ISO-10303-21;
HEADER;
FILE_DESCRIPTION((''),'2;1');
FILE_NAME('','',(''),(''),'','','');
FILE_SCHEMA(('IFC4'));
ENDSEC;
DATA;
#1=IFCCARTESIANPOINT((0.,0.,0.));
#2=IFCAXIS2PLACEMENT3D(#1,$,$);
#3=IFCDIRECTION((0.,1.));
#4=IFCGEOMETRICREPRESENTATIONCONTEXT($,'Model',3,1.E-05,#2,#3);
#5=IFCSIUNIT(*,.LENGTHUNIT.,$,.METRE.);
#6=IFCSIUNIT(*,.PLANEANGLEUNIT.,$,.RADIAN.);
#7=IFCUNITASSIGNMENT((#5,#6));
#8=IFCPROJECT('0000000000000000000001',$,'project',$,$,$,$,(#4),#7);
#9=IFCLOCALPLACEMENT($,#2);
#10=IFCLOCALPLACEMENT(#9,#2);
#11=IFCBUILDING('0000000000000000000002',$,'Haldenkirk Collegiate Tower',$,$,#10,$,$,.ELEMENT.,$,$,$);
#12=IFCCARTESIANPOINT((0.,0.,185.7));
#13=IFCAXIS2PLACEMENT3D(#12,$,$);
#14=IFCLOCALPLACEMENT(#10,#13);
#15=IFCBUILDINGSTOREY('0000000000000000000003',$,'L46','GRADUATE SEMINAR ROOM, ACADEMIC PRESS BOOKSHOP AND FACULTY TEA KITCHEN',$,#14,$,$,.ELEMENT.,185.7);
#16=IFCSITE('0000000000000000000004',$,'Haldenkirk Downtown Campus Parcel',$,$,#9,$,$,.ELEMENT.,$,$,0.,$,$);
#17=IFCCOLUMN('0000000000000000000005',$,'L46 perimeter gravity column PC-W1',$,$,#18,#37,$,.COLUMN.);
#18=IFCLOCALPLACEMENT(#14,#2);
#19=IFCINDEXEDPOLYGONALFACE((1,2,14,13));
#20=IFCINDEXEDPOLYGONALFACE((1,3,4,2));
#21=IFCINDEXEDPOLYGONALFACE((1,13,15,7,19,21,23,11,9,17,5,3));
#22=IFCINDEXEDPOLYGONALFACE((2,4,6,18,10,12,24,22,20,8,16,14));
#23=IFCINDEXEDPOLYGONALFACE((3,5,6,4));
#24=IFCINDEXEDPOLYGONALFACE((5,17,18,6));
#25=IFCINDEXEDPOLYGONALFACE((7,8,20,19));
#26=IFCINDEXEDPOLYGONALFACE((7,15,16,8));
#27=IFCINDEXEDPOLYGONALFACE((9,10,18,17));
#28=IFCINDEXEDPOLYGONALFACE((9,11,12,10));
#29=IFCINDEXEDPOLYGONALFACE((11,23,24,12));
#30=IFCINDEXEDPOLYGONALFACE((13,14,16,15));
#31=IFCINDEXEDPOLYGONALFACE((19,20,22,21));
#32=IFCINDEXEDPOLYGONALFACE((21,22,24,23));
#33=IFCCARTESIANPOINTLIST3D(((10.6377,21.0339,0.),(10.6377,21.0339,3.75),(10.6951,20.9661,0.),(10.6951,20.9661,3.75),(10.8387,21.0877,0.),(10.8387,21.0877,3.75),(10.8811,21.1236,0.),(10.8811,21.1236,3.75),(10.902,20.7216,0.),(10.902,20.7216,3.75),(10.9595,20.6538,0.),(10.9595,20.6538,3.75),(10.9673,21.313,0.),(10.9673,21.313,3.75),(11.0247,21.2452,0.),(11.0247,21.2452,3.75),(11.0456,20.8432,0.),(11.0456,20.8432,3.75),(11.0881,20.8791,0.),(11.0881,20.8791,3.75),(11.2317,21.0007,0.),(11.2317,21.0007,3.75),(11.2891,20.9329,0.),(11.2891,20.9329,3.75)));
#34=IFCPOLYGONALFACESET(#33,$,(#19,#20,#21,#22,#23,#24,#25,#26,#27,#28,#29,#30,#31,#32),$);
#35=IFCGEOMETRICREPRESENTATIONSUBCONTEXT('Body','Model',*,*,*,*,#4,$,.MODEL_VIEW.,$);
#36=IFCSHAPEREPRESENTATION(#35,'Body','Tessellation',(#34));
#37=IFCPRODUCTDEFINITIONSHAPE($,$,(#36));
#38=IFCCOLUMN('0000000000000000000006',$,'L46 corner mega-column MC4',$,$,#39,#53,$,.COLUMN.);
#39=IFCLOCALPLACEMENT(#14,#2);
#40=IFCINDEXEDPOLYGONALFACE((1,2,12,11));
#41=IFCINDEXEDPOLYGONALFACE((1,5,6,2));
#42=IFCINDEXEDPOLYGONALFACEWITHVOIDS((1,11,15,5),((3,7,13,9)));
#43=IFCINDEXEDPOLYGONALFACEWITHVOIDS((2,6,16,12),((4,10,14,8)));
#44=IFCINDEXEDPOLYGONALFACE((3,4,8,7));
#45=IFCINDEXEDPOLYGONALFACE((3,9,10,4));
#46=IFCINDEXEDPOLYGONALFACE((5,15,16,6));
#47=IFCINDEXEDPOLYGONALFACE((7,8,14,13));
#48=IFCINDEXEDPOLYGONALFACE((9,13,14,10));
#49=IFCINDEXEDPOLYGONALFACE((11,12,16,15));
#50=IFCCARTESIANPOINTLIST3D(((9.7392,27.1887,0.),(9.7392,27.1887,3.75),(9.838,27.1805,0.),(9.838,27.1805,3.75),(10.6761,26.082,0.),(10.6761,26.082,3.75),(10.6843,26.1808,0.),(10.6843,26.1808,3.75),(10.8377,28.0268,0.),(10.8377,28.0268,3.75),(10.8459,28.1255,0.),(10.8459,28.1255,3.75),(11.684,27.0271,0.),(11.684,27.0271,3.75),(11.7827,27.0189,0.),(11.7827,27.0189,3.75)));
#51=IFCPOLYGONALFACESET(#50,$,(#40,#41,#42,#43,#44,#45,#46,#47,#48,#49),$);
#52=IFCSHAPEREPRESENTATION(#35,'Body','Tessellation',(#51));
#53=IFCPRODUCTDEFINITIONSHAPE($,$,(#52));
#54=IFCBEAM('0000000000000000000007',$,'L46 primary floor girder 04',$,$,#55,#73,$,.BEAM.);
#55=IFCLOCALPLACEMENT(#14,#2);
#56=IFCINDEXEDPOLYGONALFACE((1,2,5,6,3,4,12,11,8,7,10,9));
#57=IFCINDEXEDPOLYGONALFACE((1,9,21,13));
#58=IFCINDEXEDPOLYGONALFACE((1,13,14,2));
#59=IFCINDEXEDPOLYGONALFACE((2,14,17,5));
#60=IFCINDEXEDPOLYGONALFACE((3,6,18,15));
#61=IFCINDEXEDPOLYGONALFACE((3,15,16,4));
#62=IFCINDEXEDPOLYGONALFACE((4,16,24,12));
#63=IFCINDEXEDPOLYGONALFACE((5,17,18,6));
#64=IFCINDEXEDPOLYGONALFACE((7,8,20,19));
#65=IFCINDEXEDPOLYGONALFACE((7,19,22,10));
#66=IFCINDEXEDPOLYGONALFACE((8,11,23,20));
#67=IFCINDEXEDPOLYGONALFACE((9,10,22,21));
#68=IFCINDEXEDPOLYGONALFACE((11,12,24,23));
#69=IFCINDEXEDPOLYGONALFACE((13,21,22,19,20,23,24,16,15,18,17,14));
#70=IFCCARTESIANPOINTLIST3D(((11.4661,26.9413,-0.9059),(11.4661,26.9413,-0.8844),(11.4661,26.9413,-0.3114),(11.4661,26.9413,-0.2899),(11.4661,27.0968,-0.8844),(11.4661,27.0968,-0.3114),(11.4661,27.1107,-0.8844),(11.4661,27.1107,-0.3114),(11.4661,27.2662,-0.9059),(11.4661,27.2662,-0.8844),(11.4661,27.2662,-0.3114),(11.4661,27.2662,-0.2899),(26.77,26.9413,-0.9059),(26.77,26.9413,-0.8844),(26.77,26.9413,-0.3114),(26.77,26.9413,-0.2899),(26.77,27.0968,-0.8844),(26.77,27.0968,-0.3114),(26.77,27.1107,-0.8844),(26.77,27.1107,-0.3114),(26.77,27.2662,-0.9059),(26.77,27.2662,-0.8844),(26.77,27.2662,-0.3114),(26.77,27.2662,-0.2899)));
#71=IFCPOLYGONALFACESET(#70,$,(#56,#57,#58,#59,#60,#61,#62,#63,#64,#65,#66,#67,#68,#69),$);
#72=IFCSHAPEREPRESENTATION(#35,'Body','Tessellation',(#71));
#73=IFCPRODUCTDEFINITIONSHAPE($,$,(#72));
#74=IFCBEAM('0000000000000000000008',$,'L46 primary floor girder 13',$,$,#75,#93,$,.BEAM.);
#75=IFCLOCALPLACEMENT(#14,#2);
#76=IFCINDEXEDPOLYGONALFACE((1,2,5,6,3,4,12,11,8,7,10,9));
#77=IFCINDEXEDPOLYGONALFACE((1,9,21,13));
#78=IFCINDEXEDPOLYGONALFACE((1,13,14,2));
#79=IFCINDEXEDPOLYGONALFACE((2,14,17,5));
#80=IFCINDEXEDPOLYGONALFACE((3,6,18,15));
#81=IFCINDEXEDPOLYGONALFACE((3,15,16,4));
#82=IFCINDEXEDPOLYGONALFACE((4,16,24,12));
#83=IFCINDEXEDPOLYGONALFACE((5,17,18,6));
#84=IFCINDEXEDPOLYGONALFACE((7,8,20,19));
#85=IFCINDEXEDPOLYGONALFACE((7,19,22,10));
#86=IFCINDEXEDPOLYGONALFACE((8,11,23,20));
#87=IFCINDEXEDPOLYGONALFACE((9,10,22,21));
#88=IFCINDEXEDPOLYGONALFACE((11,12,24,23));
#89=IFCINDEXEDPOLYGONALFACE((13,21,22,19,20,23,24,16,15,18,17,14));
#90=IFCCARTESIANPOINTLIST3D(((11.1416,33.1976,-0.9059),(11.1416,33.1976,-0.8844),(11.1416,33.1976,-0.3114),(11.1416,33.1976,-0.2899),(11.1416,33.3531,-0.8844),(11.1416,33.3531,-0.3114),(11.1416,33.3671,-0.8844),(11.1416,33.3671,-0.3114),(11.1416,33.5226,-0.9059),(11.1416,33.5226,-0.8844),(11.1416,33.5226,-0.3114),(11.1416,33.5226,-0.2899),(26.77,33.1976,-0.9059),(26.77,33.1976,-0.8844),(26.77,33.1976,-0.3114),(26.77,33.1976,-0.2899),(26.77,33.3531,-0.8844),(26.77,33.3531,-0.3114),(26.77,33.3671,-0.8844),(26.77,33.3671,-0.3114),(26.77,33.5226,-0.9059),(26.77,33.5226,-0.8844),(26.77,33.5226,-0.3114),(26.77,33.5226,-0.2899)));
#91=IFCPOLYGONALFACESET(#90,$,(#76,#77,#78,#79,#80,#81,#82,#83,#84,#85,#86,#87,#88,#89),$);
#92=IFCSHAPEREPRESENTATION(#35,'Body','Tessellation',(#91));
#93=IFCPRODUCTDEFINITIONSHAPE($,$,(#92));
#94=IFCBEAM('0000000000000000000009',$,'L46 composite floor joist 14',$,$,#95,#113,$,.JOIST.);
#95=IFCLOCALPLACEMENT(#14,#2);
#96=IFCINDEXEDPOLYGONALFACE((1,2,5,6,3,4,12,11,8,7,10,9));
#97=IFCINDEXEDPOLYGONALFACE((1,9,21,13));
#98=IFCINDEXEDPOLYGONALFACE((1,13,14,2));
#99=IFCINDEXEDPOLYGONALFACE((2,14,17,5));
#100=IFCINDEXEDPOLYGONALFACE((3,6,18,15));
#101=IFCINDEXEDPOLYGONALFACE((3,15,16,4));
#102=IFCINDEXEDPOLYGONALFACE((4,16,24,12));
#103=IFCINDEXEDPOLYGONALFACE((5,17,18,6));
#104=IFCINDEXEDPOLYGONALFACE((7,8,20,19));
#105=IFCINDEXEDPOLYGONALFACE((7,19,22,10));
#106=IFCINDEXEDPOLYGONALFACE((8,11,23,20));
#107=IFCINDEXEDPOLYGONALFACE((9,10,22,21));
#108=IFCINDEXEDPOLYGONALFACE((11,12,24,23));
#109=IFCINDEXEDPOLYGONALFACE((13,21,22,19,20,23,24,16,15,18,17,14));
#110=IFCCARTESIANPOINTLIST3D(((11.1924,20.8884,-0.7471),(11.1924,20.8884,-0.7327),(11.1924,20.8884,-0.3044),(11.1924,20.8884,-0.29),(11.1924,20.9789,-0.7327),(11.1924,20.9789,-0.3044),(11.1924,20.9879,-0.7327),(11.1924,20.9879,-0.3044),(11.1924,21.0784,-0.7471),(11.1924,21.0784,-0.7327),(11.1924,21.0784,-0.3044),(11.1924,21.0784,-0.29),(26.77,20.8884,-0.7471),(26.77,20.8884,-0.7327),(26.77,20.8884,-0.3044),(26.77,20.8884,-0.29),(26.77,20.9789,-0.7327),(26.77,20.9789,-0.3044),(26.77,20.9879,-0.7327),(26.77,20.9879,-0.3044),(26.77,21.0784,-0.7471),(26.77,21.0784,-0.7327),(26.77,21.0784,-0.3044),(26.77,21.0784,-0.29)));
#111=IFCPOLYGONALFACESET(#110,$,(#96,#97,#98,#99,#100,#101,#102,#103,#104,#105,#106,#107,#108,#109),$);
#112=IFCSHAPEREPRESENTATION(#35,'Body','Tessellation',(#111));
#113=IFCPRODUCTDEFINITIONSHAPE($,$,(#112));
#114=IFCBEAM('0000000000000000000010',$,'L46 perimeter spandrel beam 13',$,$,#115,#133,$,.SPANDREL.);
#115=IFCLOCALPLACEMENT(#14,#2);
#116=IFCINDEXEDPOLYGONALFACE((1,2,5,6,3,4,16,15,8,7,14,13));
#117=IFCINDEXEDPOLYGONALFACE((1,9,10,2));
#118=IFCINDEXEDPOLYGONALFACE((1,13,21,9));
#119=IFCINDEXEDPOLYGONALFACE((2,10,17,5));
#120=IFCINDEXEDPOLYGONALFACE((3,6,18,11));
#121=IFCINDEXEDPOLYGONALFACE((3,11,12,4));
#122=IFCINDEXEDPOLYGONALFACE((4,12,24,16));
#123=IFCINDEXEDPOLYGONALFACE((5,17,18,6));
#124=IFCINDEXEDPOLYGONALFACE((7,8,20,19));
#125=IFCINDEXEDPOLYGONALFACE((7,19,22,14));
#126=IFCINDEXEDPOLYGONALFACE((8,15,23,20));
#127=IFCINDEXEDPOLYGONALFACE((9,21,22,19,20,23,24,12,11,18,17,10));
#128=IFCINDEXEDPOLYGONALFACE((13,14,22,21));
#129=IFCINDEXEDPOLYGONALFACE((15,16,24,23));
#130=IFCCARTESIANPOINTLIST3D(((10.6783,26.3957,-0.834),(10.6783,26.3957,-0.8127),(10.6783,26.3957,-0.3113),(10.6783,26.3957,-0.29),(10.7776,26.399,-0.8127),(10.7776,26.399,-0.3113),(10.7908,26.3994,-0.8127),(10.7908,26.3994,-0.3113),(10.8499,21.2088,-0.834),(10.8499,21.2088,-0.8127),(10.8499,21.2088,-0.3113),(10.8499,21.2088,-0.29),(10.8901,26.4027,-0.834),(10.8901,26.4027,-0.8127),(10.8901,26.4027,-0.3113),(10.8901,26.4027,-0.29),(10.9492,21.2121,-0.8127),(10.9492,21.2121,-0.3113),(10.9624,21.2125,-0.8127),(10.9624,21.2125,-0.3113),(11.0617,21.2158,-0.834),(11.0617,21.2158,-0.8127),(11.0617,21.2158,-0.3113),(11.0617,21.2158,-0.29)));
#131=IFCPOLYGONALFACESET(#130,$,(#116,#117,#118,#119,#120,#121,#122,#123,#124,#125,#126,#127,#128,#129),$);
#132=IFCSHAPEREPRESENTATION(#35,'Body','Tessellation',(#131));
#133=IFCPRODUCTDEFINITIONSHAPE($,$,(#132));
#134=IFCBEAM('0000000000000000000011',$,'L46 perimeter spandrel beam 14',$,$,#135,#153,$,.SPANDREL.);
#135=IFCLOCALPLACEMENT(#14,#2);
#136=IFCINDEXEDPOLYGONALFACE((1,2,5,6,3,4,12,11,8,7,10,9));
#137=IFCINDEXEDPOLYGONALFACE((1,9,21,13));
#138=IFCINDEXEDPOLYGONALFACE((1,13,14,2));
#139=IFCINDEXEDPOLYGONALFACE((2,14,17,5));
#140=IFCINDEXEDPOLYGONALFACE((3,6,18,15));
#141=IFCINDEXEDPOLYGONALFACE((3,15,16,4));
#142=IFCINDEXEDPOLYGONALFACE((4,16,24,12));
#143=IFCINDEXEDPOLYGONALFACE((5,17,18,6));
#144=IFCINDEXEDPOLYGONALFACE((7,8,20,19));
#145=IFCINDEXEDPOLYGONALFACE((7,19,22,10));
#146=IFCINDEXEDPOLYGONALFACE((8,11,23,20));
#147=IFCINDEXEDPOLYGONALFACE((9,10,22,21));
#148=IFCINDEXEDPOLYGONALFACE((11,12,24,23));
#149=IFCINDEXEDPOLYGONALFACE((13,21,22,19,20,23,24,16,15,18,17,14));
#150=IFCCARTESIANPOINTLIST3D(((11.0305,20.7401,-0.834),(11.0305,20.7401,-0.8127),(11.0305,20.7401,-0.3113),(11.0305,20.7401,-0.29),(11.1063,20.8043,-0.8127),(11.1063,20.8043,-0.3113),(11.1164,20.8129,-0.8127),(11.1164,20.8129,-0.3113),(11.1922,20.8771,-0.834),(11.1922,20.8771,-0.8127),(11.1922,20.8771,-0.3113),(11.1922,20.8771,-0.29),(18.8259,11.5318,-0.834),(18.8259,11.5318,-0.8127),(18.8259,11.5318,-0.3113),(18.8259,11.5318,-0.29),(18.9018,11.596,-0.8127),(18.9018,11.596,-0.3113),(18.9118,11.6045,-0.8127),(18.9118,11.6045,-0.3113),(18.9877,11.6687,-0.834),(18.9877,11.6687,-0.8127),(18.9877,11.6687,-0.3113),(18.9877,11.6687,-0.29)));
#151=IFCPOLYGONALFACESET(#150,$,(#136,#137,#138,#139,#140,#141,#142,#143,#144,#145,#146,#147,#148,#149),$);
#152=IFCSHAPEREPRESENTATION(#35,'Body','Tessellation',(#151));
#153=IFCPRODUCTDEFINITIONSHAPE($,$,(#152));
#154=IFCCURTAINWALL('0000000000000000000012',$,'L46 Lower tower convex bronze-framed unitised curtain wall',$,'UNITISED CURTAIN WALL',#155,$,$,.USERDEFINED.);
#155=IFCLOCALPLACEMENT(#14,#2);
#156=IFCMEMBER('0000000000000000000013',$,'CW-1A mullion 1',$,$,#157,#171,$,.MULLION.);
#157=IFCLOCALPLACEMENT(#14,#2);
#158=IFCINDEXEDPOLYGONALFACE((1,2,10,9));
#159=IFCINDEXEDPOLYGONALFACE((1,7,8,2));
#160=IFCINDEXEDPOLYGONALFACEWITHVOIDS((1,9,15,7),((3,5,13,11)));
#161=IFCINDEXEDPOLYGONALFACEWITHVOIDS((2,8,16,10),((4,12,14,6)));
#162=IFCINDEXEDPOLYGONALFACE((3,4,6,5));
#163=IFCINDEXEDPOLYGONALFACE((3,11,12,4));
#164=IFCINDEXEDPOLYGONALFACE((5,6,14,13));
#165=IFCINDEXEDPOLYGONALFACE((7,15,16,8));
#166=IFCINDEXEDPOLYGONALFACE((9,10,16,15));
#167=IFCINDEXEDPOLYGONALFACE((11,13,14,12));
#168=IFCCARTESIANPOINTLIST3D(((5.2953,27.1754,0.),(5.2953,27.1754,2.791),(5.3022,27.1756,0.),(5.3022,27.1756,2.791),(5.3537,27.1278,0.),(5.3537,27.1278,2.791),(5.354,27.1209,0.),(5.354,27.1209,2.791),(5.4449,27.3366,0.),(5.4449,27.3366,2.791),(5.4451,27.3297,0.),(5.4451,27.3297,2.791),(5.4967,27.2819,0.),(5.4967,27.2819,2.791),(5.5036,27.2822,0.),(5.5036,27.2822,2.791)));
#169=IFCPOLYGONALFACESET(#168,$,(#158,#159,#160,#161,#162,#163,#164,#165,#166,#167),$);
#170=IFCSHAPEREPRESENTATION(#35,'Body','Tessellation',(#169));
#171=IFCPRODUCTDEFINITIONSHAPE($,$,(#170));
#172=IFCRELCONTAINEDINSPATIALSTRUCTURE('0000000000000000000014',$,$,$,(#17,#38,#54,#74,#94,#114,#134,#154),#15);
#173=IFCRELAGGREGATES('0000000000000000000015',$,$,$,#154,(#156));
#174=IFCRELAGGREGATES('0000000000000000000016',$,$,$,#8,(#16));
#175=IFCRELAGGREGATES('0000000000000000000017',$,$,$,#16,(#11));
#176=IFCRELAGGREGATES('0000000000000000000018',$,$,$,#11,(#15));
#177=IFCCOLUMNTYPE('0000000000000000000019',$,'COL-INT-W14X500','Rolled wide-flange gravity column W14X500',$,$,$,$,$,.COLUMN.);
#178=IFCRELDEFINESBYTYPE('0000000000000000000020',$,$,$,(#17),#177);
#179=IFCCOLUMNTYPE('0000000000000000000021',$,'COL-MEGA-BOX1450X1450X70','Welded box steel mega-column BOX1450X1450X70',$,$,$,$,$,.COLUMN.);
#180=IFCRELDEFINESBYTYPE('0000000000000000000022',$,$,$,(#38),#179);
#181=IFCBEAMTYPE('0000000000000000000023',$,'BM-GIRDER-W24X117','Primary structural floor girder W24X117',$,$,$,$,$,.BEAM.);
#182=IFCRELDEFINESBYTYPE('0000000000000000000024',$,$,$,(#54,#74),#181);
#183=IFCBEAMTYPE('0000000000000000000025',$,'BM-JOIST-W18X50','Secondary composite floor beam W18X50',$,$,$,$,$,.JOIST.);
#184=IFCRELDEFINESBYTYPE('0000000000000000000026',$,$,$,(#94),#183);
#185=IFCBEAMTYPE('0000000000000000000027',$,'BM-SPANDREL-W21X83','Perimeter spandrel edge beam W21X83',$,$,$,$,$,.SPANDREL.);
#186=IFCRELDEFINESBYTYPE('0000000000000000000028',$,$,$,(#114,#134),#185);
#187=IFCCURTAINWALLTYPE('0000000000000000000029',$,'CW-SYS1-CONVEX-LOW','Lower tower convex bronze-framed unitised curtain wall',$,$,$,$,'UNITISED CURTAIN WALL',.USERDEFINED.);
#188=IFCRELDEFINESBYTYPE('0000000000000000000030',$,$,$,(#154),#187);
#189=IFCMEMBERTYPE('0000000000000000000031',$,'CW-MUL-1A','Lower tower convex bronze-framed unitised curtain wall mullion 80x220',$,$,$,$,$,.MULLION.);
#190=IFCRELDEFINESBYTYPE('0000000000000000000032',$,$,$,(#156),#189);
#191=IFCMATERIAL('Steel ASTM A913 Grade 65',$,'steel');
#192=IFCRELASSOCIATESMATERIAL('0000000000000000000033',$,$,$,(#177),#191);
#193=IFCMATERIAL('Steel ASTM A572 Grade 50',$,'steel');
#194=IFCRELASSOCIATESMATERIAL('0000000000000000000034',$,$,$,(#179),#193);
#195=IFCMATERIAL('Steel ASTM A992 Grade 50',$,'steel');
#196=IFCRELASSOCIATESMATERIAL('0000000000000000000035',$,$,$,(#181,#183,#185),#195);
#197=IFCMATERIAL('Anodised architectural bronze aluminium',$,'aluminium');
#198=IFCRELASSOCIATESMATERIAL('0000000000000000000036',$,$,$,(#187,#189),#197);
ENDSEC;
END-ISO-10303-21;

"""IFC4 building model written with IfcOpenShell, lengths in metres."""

from ifc_helpers import new_model, si_unit, direction, frame, origin, origin_2d, place, context, subcontext, project, spatial, hollow_rectangle, i_section, extrude, material, material_profile, profile_set, type_object, element, aggregate, save


model = new_model("IFC4")

# Units and contexts
model_context = context("Model", 3, precision=1e-05, world=origin(), true_north=direction((0.0, 1.0)))
body_context = subcontext(model_context, "Body", "Model", "MODEL_VIEW")
ifc_project = project(units=[si_unit("LENGTHUNIT", "METRE"), si_unit("PLANEANGLEUNIT", "RADIAN")], contexts=[model_context])

# Site, building, storey
site_placement = place(None, origin())
site = spatial("IfcSite", under=ifc_project, at=site_placement, Name="Haldenkirk Downtown Campus Parcel", CompositionType="ELEMENT", RefElevation=0.0)
building_placement = place(site_placement, origin())
building = spatial("IfcBuilding", under=site, at=building_placement, Name="Haldenkirk Collegiate Tower", CompositionType="ELEMENT")
storey_placement = place(building_placement, frame((0.0, 0.0, 185.7)))
storey = spatial("IfcBuildingStorey", under=building, at=storey_placement, Name="L46", Description="GRADUATE SEMINAR ROOM, ACADEMIC PRESS BOOKSHOP AND FACULTY TEA KITCHEN", CompositionType="ELEMENT", Elevation=185.7)

# Columns
ifc_material_1 = material(Name="Steel ASTM A913 Grade 65", Category="steel")
ifc_material_profile_1 = material_profile(ifc_material_1, i_section(OverallWidth=0.4319, OverallDepth=0.498, WebThickness=0.0557, FlangeThickness=0.0889, at=origin_2d()), Name="W14X500")
ifc_profile_set_1 = profile_set([ifc_material_profile_1], Name="Steel ASTM A913 Grade 65")
column_type_1 = type_object("IfcColumnType", Name="COL-INT-W14X500", Description="Rolled wide-flange gravity column W14X500", PredefinedType="COLUMN", material=ifc_profile_set_1)
column_1_placement = place(storey_placement, frame((10.9634, 20.9834, 0.0), z_axis=(0.0, 0.0, 1.0), x_axis=(0.763232, 0.646124, 0.0)))
element("IfcColumn", 1, at=column_1_placement, inside=storey, type_object=column_type_1, Name="L46 perimeter gravity column PC-W1", PredefinedType="COLUMN", context=body_context, shape_type="SweptSolid", body=[
    extrude(i_section(OverallWidth=0.4319, OverallDepth=0.498, WebThickness=0.0557, FlangeThickness=0.0889, at=origin_2d()), origin(), (0.0, 0.0, 1.0), 3.75),
])
ifc_material_2 = material(Name="Steel ASTM A572 Grade 50", Category="steel")
ifc_material_profile_2 = material_profile(ifc_material_2, hollow_rectangle(XDim=1.45, YDim=1.45, WallThickness=0.0701, at=origin_2d()), Name="BOX1450X1450X70")
ifc_profile_set_2 = profile_set([ifc_material_profile_2], Name="Steel ASTM A572 Grade 50")
column_type_2 = type_object("IfcColumnType", Name="COL-MEGA-BOX1450X1450X70", Description="Welded box steel mega-column BOX1450X1450X70", PredefinedType="COLUMN", material=ifc_profile_set_2)
column_2_placement = place(storey_placement, frame((10.761, 27.1038, 0.0), z_axis=(0.0, 0.0, 1.0), x_axis=(0.763232, 0.646124, 0.0)))
element("IfcColumn", 2, at=column_2_placement, inside=storey, type_object=column_type_2, Name="L46 corner mega-column MC4", PredefinedType="COLUMN", context=body_context, shape_type="SweptSolid", body=[
    extrude(hollow_rectangle(XDim=1.45, YDim=1.45, WallThickness=0.0701, at=origin_2d()), origin(), (0.0, 0.0, 1.0), 3.75),
])

# Beams
ifc_material_3 = material(Name="Steel ASTM A992 Grade 50", Category="steel")
ifc_material_profile_3 = material_profile(ifc_material_3, i_section(OverallWidth=0.325, OverallDepth=0.616, WebThickness=0.0139, FlangeThickness=0.0215, at=origin_2d()), Name="W24X117")
ifc_profile_set_3 = profile_set([ifc_material_profile_3], Name="Steel ASTM A992 Grade 50")
beam_type_1 = type_object("IfcBeamType", Name="BM-GIRDER-W24X117", Description="Primary structural floor girder W24X117", PredefinedType="BEAM", material=ifc_profile_set_3)
beam_1_placement = place(storey_placement, frame((11.4661, 27.1038, -0.5979), z_axis=(1.0, 0.0, 0.0), x_axis=(0.0, 1.0, 0.0)))
element("IfcBeam", 3, at=beam_1_placement, inside=storey, type_object=beam_type_1, Name="L46 primary floor girder 04", PredefinedType="BEAM", context=body_context, shape_type="SweptSolid", body=[
    extrude(i_section(OverallWidth=0.325, OverallDepth=0.616, WebThickness=0.0139, FlangeThickness=0.0215, at=origin_2d()), origin(), (0.0, 0.0, 1.0), 15.304),
])
beam_2_placement = place(storey_placement, frame((11.1416, 33.3601, -0.5979), z_axis=(1.0, 0.0, 0.0), x_axis=(0.0, 1.0, 0.0)))
element("IfcBeam", 4, at=beam_2_placement, inside=storey, type_object=beam_type_1, Name="L46 primary floor girder 13", PredefinedType="BEAM", context=body_context, shape_type="SweptSolid", body=[
    extrude(i_section(OverallWidth=0.325, OverallDepth=0.616, WebThickness=0.0139, FlangeThickness=0.0215, at=origin_2d()), origin(), (0.0, 0.0, 1.0), 15.6284),
])
ifc_material_profile_4 = material_profile(ifc_material_3, i_section(OverallWidth=0.1899, OverallDepth=0.457, WebThickness=0.009, FlangeThickness=0.0144, at=origin_2d()), Name="W18X50")
ifc_profile_set_4 = profile_set([ifc_material_profile_4], Name="Steel ASTM A992 Grade 50")
beam_type_2 = type_object("IfcBeamType", Name="BM-JOIST-W18X50", Description="Secondary composite floor beam W18X50", PredefinedType="JOIST", material=ifc_profile_set_4)
beam_3_placement = place(storey_placement, frame((11.1924, 20.9834, -0.5186), z_axis=(1.0, 0.0, 0.0), x_axis=(0.0, 1.0, 0.0)))
element("IfcBeam", 5, at=beam_3_placement, inside=storey, type_object=beam_type_2, Name="L46 composite floor joist 14", PredefinedType="JOIST", context=body_context, shape_type="SweptSolid", body=[
    extrude(i_section(OverallWidth=0.1899, OverallDepth=0.457, WebThickness=0.009, FlangeThickness=0.0144, at=origin_2d()), origin(), (0.0, 0.0, 1.0), 15.5776),
])
ifc_material_profile_5 = material_profile(ifc_material_3, i_section(OverallWidth=0.2119, OverallDepth=0.5439, WebThickness=0.0132, FlangeThickness=0.0212, at=origin_2d()), Name="W21X83")
ifc_profile_set_5 = profile_set([ifc_material_profile_5], Name="Steel ASTM A992 Grade 50")
beam_type_3 = type_object("IfcBeamType", Name="BM-SPANDREL-W21X83", Description="Perimeter spandrel edge beam W21X83", PredefinedType="SPANDREL", material=ifc_profile_set_5)
beam_4_placement = place(storey_placement, frame((10.7842, 26.3992, -0.562), z_axis=(0.033072, -0.999453, 0.0), x_axis=(0.999453, 0.033072, 0.0)))
element("IfcBeam", 6, at=beam_4_placement, inside=storey, type_object=beam_type_3, Name="L46 perimeter spandrel beam 13", PredefinedType="SPANDREL", context=body_context, shape_type="SweptSolid", body=[
    extrude(i_section(OverallWidth=0.2119, OverallDepth=0.5439, WebThickness=0.0132, FlangeThickness=0.0212, at=origin_2d()), origin(), (0.0, 0.0, 1.0), 5.1897),
])
beam_5_placement = place(storey_placement, frame((11.1113, 20.8086, -0.562), z_axis=(0.646126, -0.76323, 0.0), x_axis=(0.76323, 0.646126, 0.0)))
element("IfcBeam", 7, at=beam_5_placement, inside=storey, type_object=beam_type_3, Name="L46 perimeter spandrel beam 14", PredefinedType="SPANDREL", context=body_context, shape_type="SweptSolid", body=[
    extrude(i_section(OverallWidth=0.2119, OverallDepth=0.5439, WebThickness=0.0132, FlangeThickness=0.0212, at=origin_2d()), origin(), (0.0, 0.0, 1.0), 12.0649),
])

# Curtain wall, member
ifc_material_4 = material(Name="Anodised architectural bronze aluminium", Category="aluminium")
curtain_wall_type = type_object("IfcCurtainWallType", Name="CW-SYS1-CONVEX-LOW", Description="Lower tower convex bronze-framed unitised curtain wall", ElementType="UNITISED CURTAIN WALL", PredefinedType="USERDEFINED", material=ifc_material_4)
curtain_wall_placement = place(storey_placement, origin())
curtain_wall = element("IfcCurtainWall", 8, at=curtain_wall_placement, inside=storey, type_object=curtain_wall_type, Name="L46 Lower tower convex bronze-framed unitised curtain wall", ObjectType="UNITISED CURTAIN WALL", PredefinedType="USERDEFINED")
ifc_material_profile_6 = material_profile(ifc_material_4, hollow_rectangle(XDim=0.0801, YDim=0.22, WallThickness=0.0049, at=origin_2d()), Name="CW-MUL-1A")
ifc_profile_set_6 = profile_set([ifc_material_profile_6], Name="Anodised architectural bronze aluminium")
member_type_1 = type_object("IfcMemberType", Name="CW-MUL-1A", Description="Lower tower convex bronze-framed unitised curtain wall mullion 80x220", PredefinedType="MULLION", material=ifc_profile_set_6)
member_1_placement = place(storey_placement, frame((5.3994, 27.2288, 0.0), z_axis=(0.0, 0.0, 1.0), x_axis=(-0.733138, 0.68008, 0.0)))
member_1 = element("IfcMember", 9, at=member_1_placement, type_object=member_type_1, Name="CW-1A mullion 1", PredefinedType="MULLION", context=body_context, shape_type="SweptSolid", body=[
    extrude(hollow_rectangle(XDim=0.0801, YDim=0.22, WallThickness=0.0049, at=origin_2d()), origin(), (0.0, 0.0, 1.0), 2.791),
])
aggregate(curtain_wall, [member_1])

save(model, "model.ifc")
